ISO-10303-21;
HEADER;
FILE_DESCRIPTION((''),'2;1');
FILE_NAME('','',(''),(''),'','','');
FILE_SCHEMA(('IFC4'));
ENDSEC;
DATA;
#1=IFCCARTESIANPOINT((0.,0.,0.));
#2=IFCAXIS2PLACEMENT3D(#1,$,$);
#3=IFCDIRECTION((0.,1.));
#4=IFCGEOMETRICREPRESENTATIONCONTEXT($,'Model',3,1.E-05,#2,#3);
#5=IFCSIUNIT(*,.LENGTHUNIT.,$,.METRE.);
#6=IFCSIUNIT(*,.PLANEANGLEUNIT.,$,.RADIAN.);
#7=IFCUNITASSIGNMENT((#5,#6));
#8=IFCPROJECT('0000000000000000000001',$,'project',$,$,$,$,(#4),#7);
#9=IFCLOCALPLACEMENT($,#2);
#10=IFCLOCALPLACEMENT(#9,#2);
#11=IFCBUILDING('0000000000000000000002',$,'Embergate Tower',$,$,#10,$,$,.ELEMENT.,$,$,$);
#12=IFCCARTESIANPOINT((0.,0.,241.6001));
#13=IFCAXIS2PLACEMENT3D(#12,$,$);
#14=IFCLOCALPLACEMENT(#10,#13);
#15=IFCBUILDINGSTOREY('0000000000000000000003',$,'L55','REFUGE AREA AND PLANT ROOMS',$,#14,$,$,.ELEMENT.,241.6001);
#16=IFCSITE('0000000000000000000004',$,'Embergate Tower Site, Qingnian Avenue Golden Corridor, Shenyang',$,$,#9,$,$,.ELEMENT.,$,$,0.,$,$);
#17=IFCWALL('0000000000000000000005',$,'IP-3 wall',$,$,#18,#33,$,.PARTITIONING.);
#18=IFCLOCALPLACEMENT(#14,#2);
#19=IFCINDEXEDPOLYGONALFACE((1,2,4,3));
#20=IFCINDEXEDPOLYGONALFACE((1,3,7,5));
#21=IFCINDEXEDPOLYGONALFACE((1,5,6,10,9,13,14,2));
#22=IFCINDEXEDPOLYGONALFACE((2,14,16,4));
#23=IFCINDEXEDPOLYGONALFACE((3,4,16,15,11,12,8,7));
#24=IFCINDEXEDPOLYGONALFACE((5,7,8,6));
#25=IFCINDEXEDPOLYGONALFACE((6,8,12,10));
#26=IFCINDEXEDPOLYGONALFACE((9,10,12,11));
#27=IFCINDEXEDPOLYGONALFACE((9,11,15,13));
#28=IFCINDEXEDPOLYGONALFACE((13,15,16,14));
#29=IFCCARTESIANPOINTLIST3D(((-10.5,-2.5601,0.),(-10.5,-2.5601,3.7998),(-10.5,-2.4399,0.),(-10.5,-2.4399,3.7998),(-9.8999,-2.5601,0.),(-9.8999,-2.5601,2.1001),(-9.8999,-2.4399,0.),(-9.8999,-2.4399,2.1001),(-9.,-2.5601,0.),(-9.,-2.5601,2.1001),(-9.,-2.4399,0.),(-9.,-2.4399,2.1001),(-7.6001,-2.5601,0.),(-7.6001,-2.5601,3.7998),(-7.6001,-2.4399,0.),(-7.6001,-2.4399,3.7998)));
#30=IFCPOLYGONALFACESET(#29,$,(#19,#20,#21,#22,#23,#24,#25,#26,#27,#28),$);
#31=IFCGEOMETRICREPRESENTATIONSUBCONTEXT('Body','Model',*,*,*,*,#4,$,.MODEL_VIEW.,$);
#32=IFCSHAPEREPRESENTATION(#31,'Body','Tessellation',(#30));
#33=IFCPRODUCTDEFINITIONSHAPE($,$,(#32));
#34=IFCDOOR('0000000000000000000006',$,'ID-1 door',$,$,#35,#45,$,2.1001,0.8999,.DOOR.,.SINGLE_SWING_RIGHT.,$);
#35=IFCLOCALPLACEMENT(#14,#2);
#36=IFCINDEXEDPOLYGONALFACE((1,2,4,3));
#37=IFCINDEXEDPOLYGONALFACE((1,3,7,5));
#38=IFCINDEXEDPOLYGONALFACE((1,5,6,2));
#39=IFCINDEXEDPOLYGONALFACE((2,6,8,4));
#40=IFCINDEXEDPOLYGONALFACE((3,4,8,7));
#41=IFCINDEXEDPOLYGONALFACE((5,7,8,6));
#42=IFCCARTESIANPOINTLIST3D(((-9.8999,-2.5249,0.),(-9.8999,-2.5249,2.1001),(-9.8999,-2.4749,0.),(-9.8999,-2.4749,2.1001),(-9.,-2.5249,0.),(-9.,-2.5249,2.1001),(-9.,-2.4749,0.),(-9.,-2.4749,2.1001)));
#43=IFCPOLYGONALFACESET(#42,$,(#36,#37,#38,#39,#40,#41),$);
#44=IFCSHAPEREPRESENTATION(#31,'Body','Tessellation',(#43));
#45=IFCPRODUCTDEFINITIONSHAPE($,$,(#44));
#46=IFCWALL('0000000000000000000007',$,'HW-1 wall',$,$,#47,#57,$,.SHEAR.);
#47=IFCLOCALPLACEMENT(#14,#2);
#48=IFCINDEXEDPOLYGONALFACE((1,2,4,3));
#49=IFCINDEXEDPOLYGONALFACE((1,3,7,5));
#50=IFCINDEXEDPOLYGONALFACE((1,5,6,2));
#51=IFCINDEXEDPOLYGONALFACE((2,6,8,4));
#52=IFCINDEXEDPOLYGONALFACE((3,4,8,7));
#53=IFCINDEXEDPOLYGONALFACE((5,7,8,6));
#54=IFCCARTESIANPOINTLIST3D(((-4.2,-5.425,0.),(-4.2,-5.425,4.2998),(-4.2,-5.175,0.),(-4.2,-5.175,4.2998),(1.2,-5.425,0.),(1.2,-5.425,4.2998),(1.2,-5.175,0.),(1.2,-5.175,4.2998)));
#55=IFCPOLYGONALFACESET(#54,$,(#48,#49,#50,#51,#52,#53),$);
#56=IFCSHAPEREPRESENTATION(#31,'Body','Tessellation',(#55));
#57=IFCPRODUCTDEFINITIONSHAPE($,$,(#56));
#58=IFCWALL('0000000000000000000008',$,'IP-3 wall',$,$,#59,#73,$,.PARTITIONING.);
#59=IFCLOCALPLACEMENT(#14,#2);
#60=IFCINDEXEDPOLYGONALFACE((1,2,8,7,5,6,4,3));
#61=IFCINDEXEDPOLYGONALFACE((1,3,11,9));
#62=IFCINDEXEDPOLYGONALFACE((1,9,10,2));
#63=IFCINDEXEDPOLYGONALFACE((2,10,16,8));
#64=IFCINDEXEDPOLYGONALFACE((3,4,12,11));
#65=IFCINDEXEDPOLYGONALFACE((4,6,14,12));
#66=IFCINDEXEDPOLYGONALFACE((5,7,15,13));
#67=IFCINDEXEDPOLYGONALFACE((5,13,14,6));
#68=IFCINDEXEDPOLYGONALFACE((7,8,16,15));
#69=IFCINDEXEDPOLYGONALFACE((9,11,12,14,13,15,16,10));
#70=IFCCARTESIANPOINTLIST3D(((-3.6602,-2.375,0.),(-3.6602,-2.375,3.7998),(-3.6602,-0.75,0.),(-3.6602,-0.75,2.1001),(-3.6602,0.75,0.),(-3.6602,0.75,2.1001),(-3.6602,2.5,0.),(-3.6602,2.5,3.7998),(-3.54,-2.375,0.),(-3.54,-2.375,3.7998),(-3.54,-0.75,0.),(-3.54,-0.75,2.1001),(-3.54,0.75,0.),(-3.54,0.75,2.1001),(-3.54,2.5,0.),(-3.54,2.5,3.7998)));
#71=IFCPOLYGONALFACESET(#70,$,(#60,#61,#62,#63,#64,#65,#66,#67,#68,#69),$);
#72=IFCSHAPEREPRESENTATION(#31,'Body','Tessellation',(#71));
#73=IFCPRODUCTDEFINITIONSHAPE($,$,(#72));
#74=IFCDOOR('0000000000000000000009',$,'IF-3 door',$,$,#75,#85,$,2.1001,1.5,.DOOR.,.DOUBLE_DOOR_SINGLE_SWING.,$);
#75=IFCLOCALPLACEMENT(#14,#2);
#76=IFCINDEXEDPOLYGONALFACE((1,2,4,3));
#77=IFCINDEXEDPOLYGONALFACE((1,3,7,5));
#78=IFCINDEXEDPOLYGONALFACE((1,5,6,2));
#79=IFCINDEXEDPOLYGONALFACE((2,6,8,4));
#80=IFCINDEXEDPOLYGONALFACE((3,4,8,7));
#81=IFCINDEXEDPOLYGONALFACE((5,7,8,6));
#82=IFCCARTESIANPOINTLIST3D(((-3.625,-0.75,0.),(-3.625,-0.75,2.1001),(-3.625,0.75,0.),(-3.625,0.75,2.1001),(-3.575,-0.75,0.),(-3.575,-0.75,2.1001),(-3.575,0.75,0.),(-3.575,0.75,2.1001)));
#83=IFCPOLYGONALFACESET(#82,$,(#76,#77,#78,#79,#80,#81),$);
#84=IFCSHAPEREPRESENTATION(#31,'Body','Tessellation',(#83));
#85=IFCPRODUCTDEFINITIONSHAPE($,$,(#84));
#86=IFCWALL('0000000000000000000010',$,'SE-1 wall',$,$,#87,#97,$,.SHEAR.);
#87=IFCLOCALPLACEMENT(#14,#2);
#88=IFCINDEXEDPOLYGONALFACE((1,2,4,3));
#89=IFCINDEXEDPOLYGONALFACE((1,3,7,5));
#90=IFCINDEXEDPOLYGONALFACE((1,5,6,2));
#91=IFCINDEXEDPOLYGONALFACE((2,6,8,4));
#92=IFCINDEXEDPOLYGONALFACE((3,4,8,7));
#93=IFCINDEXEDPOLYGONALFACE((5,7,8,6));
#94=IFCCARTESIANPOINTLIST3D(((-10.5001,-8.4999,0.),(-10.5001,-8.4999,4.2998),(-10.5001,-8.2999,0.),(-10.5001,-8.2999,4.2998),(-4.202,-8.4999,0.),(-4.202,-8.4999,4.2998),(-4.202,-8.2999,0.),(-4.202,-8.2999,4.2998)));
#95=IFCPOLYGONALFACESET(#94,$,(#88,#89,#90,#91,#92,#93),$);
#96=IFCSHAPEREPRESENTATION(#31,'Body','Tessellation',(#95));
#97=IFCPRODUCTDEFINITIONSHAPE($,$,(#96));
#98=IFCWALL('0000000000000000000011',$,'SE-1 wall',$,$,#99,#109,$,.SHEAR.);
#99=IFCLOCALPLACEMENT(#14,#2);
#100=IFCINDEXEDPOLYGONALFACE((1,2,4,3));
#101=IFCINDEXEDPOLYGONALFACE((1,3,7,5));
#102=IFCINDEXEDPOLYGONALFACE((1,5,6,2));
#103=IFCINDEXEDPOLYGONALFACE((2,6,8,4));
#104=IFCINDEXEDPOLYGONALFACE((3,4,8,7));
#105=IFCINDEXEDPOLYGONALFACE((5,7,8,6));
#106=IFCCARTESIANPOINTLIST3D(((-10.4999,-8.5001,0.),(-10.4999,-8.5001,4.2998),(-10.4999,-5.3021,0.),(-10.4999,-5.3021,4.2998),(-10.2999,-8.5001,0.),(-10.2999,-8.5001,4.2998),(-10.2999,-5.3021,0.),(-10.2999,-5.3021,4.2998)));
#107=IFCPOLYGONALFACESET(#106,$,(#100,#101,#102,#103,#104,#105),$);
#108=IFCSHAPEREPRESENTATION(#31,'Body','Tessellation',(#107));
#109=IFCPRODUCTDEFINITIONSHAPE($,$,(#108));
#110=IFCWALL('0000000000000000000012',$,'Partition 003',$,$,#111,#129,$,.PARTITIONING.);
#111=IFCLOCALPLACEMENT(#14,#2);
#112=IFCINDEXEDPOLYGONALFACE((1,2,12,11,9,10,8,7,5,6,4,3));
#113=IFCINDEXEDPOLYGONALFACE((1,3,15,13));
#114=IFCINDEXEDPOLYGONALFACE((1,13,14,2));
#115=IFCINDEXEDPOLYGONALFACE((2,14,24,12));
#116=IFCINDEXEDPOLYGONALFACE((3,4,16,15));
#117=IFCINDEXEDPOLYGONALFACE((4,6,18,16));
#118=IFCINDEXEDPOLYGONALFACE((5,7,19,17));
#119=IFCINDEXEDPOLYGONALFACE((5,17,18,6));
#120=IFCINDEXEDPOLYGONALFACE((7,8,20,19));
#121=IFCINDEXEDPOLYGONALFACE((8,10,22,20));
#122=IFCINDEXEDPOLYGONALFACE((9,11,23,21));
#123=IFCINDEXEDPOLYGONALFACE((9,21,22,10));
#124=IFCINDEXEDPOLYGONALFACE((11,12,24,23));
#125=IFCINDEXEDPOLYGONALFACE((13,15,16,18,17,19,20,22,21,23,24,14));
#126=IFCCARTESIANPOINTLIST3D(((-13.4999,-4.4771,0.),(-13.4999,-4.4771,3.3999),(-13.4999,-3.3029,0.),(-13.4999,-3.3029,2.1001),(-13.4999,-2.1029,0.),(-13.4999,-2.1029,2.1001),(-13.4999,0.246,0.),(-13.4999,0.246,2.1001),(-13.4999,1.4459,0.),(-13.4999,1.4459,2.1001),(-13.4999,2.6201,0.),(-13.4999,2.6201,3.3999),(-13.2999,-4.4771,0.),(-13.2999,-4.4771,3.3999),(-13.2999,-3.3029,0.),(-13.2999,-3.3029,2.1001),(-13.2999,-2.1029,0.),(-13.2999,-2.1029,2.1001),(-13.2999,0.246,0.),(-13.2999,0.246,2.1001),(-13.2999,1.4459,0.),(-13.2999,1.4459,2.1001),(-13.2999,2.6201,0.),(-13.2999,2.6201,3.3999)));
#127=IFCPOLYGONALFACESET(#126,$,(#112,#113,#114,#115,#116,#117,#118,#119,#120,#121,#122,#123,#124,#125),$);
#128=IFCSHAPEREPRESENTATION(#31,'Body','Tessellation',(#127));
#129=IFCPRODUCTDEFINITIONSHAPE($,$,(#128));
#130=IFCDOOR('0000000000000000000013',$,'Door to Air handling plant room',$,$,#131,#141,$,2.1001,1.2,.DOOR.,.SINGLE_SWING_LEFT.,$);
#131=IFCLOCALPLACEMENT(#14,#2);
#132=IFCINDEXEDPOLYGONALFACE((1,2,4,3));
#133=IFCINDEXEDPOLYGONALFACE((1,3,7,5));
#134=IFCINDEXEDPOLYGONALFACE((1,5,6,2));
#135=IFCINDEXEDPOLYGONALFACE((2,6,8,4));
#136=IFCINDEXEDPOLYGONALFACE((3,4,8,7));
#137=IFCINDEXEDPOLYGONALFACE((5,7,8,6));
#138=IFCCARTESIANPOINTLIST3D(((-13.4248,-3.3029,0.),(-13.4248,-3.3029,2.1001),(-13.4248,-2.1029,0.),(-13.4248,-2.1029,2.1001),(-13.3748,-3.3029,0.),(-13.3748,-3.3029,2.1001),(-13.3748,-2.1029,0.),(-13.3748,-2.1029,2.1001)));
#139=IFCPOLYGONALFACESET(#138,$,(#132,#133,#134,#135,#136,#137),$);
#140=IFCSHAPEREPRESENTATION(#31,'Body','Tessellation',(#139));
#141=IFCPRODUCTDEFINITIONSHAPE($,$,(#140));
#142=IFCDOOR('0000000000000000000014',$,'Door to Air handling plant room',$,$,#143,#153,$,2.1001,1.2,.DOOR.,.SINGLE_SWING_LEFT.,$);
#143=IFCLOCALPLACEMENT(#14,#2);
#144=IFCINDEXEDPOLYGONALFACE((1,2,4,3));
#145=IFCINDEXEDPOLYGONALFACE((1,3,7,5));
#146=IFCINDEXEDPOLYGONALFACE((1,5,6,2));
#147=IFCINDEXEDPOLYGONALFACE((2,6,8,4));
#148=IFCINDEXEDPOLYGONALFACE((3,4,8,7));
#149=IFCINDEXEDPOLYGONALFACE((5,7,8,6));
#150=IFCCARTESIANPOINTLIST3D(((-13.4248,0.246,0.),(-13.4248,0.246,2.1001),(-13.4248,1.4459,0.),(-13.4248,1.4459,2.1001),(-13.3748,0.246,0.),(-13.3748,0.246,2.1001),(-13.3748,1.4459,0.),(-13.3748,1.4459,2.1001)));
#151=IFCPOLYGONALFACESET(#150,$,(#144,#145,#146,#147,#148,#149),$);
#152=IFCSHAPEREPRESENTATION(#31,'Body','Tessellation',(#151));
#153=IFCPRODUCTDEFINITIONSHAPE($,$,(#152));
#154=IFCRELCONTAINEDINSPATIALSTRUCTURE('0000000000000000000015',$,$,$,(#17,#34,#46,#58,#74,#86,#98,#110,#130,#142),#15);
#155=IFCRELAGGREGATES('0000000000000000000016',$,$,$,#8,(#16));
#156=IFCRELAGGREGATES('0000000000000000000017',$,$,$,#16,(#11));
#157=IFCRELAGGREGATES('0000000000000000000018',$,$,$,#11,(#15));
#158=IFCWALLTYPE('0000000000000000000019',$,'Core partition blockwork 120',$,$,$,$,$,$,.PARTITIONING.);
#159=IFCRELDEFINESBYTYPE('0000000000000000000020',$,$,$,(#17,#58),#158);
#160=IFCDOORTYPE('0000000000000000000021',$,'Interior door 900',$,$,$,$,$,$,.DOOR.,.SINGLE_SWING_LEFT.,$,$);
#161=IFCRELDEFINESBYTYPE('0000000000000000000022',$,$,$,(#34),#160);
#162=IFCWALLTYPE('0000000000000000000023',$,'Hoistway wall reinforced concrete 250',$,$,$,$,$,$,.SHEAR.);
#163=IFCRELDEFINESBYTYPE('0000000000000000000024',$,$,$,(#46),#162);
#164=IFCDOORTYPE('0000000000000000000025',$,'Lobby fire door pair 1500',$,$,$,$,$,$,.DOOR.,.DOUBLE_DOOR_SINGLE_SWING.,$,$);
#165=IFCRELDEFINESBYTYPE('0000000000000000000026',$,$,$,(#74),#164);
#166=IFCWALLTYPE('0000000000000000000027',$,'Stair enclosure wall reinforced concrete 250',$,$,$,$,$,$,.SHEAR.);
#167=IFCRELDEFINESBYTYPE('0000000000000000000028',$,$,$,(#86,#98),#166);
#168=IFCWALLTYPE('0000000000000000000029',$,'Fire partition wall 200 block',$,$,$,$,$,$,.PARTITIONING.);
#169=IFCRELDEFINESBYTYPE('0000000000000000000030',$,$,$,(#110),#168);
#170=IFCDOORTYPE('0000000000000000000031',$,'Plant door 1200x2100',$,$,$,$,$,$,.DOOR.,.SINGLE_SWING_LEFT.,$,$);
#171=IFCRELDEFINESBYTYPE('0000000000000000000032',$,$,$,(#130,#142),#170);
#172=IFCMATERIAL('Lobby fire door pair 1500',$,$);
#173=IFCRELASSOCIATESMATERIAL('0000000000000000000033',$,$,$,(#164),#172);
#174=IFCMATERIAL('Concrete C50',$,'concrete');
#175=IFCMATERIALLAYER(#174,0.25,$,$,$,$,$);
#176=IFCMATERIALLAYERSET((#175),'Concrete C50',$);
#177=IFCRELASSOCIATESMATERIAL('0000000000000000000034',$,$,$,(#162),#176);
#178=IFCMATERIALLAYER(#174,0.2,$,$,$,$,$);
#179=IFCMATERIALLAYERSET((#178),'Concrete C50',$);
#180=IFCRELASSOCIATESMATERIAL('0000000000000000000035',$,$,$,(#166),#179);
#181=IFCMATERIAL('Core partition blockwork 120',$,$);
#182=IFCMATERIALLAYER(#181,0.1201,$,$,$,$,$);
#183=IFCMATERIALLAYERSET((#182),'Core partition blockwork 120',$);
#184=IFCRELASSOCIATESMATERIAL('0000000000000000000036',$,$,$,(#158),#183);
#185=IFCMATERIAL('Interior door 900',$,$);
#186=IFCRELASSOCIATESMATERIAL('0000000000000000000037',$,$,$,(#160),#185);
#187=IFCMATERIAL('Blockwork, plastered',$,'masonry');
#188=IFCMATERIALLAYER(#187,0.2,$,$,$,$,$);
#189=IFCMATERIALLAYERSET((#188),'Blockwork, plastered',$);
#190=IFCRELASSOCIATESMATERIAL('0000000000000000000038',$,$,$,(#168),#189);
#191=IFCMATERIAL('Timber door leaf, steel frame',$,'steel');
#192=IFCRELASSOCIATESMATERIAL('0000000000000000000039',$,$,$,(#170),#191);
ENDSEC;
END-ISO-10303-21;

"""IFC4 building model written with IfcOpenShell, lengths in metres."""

from ifc_helpers import new_model, si_unit, direction, frame, frame_2d, origin, place, context, subcontext, project, spatial, rectangle, extrude, source, transform, mapped, material, layer, layer_set, type_object, element, fill, save


model = new_model("IFC4")

# Units and contexts
model_context = context("Model", 3, precision=1e-05, world=origin(), true_north=direction((0.0, 1.0)))
body_context = subcontext(model_context, "Body", "Model", "MODEL_VIEW")
ifc_project = project(units=[si_unit("LENGTHUNIT", "METRE"), si_unit("PLANEANGLEUNIT", "RADIAN")], contexts=[model_context])

# Site, building, storey
site_placement = place(None, origin())
site = spatial("IfcSite", under=ifc_project, at=site_placement, Name="Embergate Tower Site, Qingnian Avenue Golden Corridor, Shenyang", CompositionType="ELEMENT", RefElevation=0.0)
building_placement = place(site_placement, origin())
building = spatial("IfcBuilding", under=site, at=building_placement, Name="Embergate Tower", CompositionType="ELEMENT")
storey_placement = place(building_placement, frame((0.0, 0.0, 241.6001)))
storey = spatial("IfcBuildingStorey", under=building, at=storey_placement, Name="L55", Description="REFUGE AREA AND PLANT ROOMS", CompositionType="ELEMENT", Elevation=241.6001)

# Shared definitions
ifc_material_1 = material(Name="Concrete C50", Category="concrete")

# Shared definitions
ifc_material_2 = material(Name="Lobby fire door pair 1500")
door_type_1 = type_object("IfcDoorType", Name="Lobby fire door pair 1500", OperationType="DOUBLE_DOOR_SINGLE_SWING", PredefinedType="DOOR", material=ifc_material_2)
shared_shape_1 = source(origin(), body_context, "Body", "SweptSolid", [
    extrude(rectangle(XDim=1.5, YDim=2.1001, at=frame_2d((0.75, 1.05))), frame((0.0, 0.0249, 0.0), z_axis=(0.0, -1.0, 0.0), x_axis=(1.0, 0.0, 0.0)), (0.0, 0.0, 1.0), 0.05),
])

# Shared definitions
ifc_layer_1 = layer(ifc_material_1, 0.25)
ifc_layer_set_1 = layer_set([ifc_layer_1], Name="Concrete C50")
wall_type_1 = type_object("IfcWallType", Name="Hoistway wall reinforced concrete 250", PredefinedType="SHEAR", material=ifc_layer_set_1)
ifc_layer_2 = layer(ifc_material_1, 0.2)
ifc_layer_set_2 = layer_set([ifc_layer_2], Name="Concrete C50")
wall_type_2 = type_object("IfcWallType", Name="Stair enclosure wall reinforced concrete 250", PredefinedType="SHEAR", material=ifc_layer_set_2)

# Shared definitions
ifc_material_3 = material(Name="Core partition blockwork 120")
ifc_layer_3 = layer(ifc_material_3, 0.1201)
ifc_layer_set_3 = layer_set([ifc_layer_3], Name="Core partition blockwork 120")
wall_type_3 = type_object("IfcWallType", Name="Core partition blockwork 120", PredefinedType="PARTITIONING", material=ifc_layer_set_3)
shared_shape_2 = source(origin(), body_context, "Body", "SweptSolid", [
    extrude(rectangle(XDim=0.8999, YDim=2.1001, at=frame_2d((0.45, 1.05))), frame((0.0, 0.0701, 0.0), z_axis=(0.0, -1.0, 0.0), x_axis=(1.0, 0.0, 0.0)), (0.0, 0.0, 1.0), 0.1401),
])
ifc_material_4 = material(Name="Interior door 900")
door_type_2 = type_object("IfcDoorType", Name="Interior door 900", OperationType="SINGLE_SWING_LEFT", PredefinedType="DOOR", material=ifc_material_4)
shared_shape_3 = source(origin(), body_context, "Body", "SweptSolid", [
    extrude(rectangle(XDim=0.8999, YDim=2.1001, at=frame_2d((0.45, 1.05))), frame((0.0, 0.0249, 0.0), z_axis=(0.0, -1.0, 0.0), x_axis=(1.0, 0.0, 0.0)), (0.0, 0.0, 1.0), 0.05),
])

# Wall, opening, door
shared_shape_4 = source(origin(), body_context, "Body", "SweptSolid", [
    extrude(rectangle(XDim=1.2, YDim=2.1001, at=frame_2d((0.6001, 1.05))), frame((0.0, 0.1099, 0.0), z_axis=(0.0, -1.0, 0.0), x_axis=(1.0, 0.0, 0.0)), (0.0, 0.0, 1.0), 0.22),
])
shared_shape_5 = source(origin(), body_context, "Body", "SweptSolid", [
    extrude(rectangle(XDim=2.8999, YDim=0.1201, at=frame_2d((1.45, 0.0))), origin(), (0.0, 0.0, 1.0), 3.7998),
])
wall_1_placement = place(storey_placement, frame((-7.6001, -2.5, 0.0), z_axis=(0.0, 0.0, 1.0), x_axis=(-1.0, 0.0, 0.0)))
wall_1 = element("IfcWall", 1, at=wall_1_placement, inside=storey, type_object=wall_type_3, Name="IP-3 wall", PredefinedType="PARTITIONING", context=body_context, shape_type="MappedRepresentation", body=[
    mapped(shared_shape_5, transform((0.0, 0.0, 0.0))),
])
opening_1_placement = place(wall_1_placement, frame((1.3999, 0.0, 0.0)))
opening_1 = element("IfcOpeningElement", 2, at=opening_1_placement, cuts=wall_1, PredefinedType="OPENING", context=body_context, shape_type="MappedRepresentation", body=[
    mapped(shared_shape_2, transform((0.0, 0.0, 0.0))),
])
door_1_placement = place(opening_1_placement, origin())
door_1 = element("IfcDoor", 3, at=door_1_placement, inside=storey, type_object=door_type_2, Name="ID-1 door", OperationType="SINGLE_SWING_RIGHT", OverallHeight=2.1001, OverallWidth=0.8999, PredefinedType="DOOR", context=body_context, shape_type="MappedRepresentation", body=[
    mapped(shared_shape_3, transform((0.0, 0.0, 0.0))),
])
fill(opening_1, door_1)

# Wall
shared_shape_6 = source(origin(), body_context, "Body", "SweptSolid", [
    extrude(rectangle(XDim=5.3999, YDim=0.25, at=frame_2d((2.7, 0.0))), origin(), (0.0, 0.0, 1.0), 4.2998),
])
wall_2_placement = place(storey_placement, frame((-4.2, -5.3, 0.0), z_axis=(0.0, 0.0, 1.0), x_axis=(1.0, 0.0, 0.0)))
element("IfcWall", 4, at=wall_2_placement, inside=storey, type_object=wall_type_1, Name="HW-1 wall", PredefinedType="SHEAR", context=body_context, shape_type="MappedRepresentation", body=[
    mapped(shared_shape_6, transform((0.0, 0.0, 0.0))),
])

# Wall, opening, door
shared_shape_7 = source(origin(), body_context, "Body", "SweptSolid", [
    extrude(rectangle(XDim=4.875, YDim=0.1201, at=frame_2d((2.4375, 0.0))), origin(), (0.0, 0.0, 1.0), 3.7998),
])
wall_3_placement = place(storey_placement, frame((-3.6001, -2.375, 0.0), z_axis=(0.0, 0.0, 1.0), x_axis=(0.0, 1.0, 0.0)))
wall_3 = element("IfcWall", 5, at=wall_3_placement, inside=storey, type_object=wall_type_3, Name="IP-3 wall", PredefinedType="PARTITIONING", context=body_context, shape_type="MappedRepresentation", body=[
    mapped(shared_shape_7, transform((0.0, 0.0, 0.0))),
])
shared_shape_8 = source(origin(), body_context, "Body", "SweptSolid", [
    extrude(rectangle(XDim=1.5, YDim=2.1001, at=frame_2d((0.75, 1.05))), frame((0.0, 0.0701, 0.0), z_axis=(0.0, -1.0, 0.0), x_axis=(1.0, 0.0, 0.0)), (0.0, 0.0, 1.0), 0.1401),
])
opening_2_placement = place(wall_3_placement, frame((1.625, 0.0, 0.0)))
opening_2 = element("IfcOpeningElement", 6, at=opening_2_placement, cuts=wall_3, PredefinedType="OPENING", context=body_context, shape_type="MappedRepresentation", body=[
    mapped(shared_shape_8, transform((0.0, 0.0, 0.0))),
])
door_2_placement = place(opening_2_placement, origin())
door_2 = element("IfcDoor", 7, at=door_2_placement, inside=storey, type_object=door_type_1, Name="IF-3 door", OperationType="DOUBLE_DOOR_SINGLE_SWING", OverallHeight=2.1001, OverallWidth=1.5, PredefinedType="DOOR", context=body_context, shape_type="MappedRepresentation", body=[
    mapped(shared_shape_1, transform((0.0, 0.0, 0.0))),
])
fill(opening_2, door_2)

# Walls
shared_shape_9 = source(origin(), body_context, "Body", "SweptSolid", [
    extrude(rectangle(XDim=6.2981, YDim=0.2, at=frame_2d((3.1489, 0.0))), origin(), (0.0, 0.0, 1.0), 4.2998),
])
wall_4_placement = place(storey_placement, frame((-10.5, -8.3999, 0.0), z_axis=(0.0, 0.0, 1.0), x_axis=(1.0, 0.0, 0.0)))
element("IfcWall", 8, at=wall_4_placement, inside=storey, type_object=wall_type_2, Name="SE-1 wall", PredefinedType="SHEAR", context=body_context, shape_type="MappedRepresentation", body=[
    mapped(shared_shape_9, transform((0.0, 0.0, 0.0))),
])
shared_shape_10 = source(origin(), body_context, "Body", "SweptSolid", [
    extrude(rectangle(XDim=3.198, YDim=0.2, at=frame_2d((1.5991, 0.0))), origin(), (0.0, 0.0, 1.0), 4.2998),
])
wall_5_placement = place(storey_placement, frame((-10.3999, -5.302, 0.0), z_axis=(0.0, 0.0, 1.0), x_axis=(0.0, -1.0, 0.0)))
element("IfcWall", 9, at=wall_5_placement, inside=storey, type_object=wall_type_2, Name="SE-1 wall", PredefinedType="SHEAR", context=body_context, shape_type="MappedRepresentation", body=[
    mapped(shared_shape_10, transform((0.0, 0.0, 0.0))),
])

# Wall, openings, doors
ifc_material_5 = material(Name="Blockwork, plastered", Category="masonry")
ifc_layer_4 = layer(ifc_material_5, 0.2)
ifc_layer_set_4 = layer_set([ifc_layer_4], Name="Blockwork, plastered")
wall_type_4 = type_object("IfcWallType", Name="Fire partition wall 200 block", PredefinedType="PARTITIONING", material=ifc_layer_set_4)
shared_shape_11 = source(origin(), body_context, "Body", "SweptSolid", [
    extrude(rectangle(XDim=7.0972, YDim=0.2, at=frame_2d((3.5486, 0.0))), origin(), (0.0, 0.0, 1.0), 3.3999),
])
wall_6_placement = place(storey_placement, frame((-13.3999, -4.4771, 0.0), z_axis=(0.0, 0.0, 1.0), x_axis=(0.0, 1.0, 0.0)))
wall_6 = element("IfcWall", 10, at=wall_6_placement, inside=storey, type_object=wall_type_4, Name="Partition 003", PredefinedType="PARTITIONING", context=body_context, shape_type="MappedRepresentation", body=[
    mapped(shared_shape_11, transform((0.0, 0.0, 0.0))),
])
opening_3_placement = place(wall_6_placement, frame((1.1741, 0.0, 0.0)))
opening_3 = element("IfcOpeningElement", 11, at=opening_3_placement, cuts=wall_6, PredefinedType="OPENING", context=body_context, shape_type="MappedRepresentation", body=[
    mapped(shared_shape_4, transform((0.0, 0.0, 0.0))),
])
opening_4_placement = place(wall_6_placement, frame((4.7229, 0.0, 0.0)))
opening_4 = element("IfcOpeningElement", 12, at=opening_4_placement, cuts=wall_6, PredefinedType="OPENING", context=body_context, shape_type="MappedRepresentation", body=[
    mapped(shared_shape_4, transform((0.0, 0.0, 0.0))),
])
ifc_material_6 = material(Name="Timber door leaf, steel frame", Category="steel")
door_type_3 = type_object("IfcDoorType", Name="Plant door 1200x2100", OperationType="SINGLE_SWING_LEFT", PredefinedType="DOOR", material=ifc_material_6)
shared_shape_12 = source(origin(), body_context, "Body", "SweptSolid", [
    extrude(rectangle(XDim=1.2, YDim=2.1001, at=frame_2d((0.6001, 1.05))), frame((0.0, 0.0249, 0.0), z_axis=(0.0, -1.0, 0.0), x_axis=(1.0, 0.0, 0.0)), (0.0, 0.0, 1.0), 0.05),
])
door_3_placement = place(opening_3_placement, origin())
door_3 = element("IfcDoor", 13, at=door_3_placement, inside=storey, type_object=door_type_3, Name="Door to Air handling plant room", OperationType="SINGLE_SWING_LEFT", OverallHeight=2.1001, OverallWidth=1.2, PredefinedType="DOOR", context=body_context, shape_type="MappedRepresentation", body=[
    mapped(shared_shape_12, transform((0.0, 0.0, 0.0))),
])
fill(opening_3, door_3)
door_4_placement = place(opening_4_placement, origin())
door_4 = element("IfcDoor", 14, at=door_4_placement, inside=storey, type_object=door_type_3, Name="Door to Air handling plant room", OperationType="SINGLE_SWING_LEFT", OverallHeight=2.1001, OverallWidth=1.2, PredefinedType="DOOR", context=body_context, shape_type="MappedRepresentation", body=[
    mapped(shared_shape_12, transform((0.0, 0.0, 0.0))),
])
fill(opening_4, door_4)

save(model, "model.ifc")
